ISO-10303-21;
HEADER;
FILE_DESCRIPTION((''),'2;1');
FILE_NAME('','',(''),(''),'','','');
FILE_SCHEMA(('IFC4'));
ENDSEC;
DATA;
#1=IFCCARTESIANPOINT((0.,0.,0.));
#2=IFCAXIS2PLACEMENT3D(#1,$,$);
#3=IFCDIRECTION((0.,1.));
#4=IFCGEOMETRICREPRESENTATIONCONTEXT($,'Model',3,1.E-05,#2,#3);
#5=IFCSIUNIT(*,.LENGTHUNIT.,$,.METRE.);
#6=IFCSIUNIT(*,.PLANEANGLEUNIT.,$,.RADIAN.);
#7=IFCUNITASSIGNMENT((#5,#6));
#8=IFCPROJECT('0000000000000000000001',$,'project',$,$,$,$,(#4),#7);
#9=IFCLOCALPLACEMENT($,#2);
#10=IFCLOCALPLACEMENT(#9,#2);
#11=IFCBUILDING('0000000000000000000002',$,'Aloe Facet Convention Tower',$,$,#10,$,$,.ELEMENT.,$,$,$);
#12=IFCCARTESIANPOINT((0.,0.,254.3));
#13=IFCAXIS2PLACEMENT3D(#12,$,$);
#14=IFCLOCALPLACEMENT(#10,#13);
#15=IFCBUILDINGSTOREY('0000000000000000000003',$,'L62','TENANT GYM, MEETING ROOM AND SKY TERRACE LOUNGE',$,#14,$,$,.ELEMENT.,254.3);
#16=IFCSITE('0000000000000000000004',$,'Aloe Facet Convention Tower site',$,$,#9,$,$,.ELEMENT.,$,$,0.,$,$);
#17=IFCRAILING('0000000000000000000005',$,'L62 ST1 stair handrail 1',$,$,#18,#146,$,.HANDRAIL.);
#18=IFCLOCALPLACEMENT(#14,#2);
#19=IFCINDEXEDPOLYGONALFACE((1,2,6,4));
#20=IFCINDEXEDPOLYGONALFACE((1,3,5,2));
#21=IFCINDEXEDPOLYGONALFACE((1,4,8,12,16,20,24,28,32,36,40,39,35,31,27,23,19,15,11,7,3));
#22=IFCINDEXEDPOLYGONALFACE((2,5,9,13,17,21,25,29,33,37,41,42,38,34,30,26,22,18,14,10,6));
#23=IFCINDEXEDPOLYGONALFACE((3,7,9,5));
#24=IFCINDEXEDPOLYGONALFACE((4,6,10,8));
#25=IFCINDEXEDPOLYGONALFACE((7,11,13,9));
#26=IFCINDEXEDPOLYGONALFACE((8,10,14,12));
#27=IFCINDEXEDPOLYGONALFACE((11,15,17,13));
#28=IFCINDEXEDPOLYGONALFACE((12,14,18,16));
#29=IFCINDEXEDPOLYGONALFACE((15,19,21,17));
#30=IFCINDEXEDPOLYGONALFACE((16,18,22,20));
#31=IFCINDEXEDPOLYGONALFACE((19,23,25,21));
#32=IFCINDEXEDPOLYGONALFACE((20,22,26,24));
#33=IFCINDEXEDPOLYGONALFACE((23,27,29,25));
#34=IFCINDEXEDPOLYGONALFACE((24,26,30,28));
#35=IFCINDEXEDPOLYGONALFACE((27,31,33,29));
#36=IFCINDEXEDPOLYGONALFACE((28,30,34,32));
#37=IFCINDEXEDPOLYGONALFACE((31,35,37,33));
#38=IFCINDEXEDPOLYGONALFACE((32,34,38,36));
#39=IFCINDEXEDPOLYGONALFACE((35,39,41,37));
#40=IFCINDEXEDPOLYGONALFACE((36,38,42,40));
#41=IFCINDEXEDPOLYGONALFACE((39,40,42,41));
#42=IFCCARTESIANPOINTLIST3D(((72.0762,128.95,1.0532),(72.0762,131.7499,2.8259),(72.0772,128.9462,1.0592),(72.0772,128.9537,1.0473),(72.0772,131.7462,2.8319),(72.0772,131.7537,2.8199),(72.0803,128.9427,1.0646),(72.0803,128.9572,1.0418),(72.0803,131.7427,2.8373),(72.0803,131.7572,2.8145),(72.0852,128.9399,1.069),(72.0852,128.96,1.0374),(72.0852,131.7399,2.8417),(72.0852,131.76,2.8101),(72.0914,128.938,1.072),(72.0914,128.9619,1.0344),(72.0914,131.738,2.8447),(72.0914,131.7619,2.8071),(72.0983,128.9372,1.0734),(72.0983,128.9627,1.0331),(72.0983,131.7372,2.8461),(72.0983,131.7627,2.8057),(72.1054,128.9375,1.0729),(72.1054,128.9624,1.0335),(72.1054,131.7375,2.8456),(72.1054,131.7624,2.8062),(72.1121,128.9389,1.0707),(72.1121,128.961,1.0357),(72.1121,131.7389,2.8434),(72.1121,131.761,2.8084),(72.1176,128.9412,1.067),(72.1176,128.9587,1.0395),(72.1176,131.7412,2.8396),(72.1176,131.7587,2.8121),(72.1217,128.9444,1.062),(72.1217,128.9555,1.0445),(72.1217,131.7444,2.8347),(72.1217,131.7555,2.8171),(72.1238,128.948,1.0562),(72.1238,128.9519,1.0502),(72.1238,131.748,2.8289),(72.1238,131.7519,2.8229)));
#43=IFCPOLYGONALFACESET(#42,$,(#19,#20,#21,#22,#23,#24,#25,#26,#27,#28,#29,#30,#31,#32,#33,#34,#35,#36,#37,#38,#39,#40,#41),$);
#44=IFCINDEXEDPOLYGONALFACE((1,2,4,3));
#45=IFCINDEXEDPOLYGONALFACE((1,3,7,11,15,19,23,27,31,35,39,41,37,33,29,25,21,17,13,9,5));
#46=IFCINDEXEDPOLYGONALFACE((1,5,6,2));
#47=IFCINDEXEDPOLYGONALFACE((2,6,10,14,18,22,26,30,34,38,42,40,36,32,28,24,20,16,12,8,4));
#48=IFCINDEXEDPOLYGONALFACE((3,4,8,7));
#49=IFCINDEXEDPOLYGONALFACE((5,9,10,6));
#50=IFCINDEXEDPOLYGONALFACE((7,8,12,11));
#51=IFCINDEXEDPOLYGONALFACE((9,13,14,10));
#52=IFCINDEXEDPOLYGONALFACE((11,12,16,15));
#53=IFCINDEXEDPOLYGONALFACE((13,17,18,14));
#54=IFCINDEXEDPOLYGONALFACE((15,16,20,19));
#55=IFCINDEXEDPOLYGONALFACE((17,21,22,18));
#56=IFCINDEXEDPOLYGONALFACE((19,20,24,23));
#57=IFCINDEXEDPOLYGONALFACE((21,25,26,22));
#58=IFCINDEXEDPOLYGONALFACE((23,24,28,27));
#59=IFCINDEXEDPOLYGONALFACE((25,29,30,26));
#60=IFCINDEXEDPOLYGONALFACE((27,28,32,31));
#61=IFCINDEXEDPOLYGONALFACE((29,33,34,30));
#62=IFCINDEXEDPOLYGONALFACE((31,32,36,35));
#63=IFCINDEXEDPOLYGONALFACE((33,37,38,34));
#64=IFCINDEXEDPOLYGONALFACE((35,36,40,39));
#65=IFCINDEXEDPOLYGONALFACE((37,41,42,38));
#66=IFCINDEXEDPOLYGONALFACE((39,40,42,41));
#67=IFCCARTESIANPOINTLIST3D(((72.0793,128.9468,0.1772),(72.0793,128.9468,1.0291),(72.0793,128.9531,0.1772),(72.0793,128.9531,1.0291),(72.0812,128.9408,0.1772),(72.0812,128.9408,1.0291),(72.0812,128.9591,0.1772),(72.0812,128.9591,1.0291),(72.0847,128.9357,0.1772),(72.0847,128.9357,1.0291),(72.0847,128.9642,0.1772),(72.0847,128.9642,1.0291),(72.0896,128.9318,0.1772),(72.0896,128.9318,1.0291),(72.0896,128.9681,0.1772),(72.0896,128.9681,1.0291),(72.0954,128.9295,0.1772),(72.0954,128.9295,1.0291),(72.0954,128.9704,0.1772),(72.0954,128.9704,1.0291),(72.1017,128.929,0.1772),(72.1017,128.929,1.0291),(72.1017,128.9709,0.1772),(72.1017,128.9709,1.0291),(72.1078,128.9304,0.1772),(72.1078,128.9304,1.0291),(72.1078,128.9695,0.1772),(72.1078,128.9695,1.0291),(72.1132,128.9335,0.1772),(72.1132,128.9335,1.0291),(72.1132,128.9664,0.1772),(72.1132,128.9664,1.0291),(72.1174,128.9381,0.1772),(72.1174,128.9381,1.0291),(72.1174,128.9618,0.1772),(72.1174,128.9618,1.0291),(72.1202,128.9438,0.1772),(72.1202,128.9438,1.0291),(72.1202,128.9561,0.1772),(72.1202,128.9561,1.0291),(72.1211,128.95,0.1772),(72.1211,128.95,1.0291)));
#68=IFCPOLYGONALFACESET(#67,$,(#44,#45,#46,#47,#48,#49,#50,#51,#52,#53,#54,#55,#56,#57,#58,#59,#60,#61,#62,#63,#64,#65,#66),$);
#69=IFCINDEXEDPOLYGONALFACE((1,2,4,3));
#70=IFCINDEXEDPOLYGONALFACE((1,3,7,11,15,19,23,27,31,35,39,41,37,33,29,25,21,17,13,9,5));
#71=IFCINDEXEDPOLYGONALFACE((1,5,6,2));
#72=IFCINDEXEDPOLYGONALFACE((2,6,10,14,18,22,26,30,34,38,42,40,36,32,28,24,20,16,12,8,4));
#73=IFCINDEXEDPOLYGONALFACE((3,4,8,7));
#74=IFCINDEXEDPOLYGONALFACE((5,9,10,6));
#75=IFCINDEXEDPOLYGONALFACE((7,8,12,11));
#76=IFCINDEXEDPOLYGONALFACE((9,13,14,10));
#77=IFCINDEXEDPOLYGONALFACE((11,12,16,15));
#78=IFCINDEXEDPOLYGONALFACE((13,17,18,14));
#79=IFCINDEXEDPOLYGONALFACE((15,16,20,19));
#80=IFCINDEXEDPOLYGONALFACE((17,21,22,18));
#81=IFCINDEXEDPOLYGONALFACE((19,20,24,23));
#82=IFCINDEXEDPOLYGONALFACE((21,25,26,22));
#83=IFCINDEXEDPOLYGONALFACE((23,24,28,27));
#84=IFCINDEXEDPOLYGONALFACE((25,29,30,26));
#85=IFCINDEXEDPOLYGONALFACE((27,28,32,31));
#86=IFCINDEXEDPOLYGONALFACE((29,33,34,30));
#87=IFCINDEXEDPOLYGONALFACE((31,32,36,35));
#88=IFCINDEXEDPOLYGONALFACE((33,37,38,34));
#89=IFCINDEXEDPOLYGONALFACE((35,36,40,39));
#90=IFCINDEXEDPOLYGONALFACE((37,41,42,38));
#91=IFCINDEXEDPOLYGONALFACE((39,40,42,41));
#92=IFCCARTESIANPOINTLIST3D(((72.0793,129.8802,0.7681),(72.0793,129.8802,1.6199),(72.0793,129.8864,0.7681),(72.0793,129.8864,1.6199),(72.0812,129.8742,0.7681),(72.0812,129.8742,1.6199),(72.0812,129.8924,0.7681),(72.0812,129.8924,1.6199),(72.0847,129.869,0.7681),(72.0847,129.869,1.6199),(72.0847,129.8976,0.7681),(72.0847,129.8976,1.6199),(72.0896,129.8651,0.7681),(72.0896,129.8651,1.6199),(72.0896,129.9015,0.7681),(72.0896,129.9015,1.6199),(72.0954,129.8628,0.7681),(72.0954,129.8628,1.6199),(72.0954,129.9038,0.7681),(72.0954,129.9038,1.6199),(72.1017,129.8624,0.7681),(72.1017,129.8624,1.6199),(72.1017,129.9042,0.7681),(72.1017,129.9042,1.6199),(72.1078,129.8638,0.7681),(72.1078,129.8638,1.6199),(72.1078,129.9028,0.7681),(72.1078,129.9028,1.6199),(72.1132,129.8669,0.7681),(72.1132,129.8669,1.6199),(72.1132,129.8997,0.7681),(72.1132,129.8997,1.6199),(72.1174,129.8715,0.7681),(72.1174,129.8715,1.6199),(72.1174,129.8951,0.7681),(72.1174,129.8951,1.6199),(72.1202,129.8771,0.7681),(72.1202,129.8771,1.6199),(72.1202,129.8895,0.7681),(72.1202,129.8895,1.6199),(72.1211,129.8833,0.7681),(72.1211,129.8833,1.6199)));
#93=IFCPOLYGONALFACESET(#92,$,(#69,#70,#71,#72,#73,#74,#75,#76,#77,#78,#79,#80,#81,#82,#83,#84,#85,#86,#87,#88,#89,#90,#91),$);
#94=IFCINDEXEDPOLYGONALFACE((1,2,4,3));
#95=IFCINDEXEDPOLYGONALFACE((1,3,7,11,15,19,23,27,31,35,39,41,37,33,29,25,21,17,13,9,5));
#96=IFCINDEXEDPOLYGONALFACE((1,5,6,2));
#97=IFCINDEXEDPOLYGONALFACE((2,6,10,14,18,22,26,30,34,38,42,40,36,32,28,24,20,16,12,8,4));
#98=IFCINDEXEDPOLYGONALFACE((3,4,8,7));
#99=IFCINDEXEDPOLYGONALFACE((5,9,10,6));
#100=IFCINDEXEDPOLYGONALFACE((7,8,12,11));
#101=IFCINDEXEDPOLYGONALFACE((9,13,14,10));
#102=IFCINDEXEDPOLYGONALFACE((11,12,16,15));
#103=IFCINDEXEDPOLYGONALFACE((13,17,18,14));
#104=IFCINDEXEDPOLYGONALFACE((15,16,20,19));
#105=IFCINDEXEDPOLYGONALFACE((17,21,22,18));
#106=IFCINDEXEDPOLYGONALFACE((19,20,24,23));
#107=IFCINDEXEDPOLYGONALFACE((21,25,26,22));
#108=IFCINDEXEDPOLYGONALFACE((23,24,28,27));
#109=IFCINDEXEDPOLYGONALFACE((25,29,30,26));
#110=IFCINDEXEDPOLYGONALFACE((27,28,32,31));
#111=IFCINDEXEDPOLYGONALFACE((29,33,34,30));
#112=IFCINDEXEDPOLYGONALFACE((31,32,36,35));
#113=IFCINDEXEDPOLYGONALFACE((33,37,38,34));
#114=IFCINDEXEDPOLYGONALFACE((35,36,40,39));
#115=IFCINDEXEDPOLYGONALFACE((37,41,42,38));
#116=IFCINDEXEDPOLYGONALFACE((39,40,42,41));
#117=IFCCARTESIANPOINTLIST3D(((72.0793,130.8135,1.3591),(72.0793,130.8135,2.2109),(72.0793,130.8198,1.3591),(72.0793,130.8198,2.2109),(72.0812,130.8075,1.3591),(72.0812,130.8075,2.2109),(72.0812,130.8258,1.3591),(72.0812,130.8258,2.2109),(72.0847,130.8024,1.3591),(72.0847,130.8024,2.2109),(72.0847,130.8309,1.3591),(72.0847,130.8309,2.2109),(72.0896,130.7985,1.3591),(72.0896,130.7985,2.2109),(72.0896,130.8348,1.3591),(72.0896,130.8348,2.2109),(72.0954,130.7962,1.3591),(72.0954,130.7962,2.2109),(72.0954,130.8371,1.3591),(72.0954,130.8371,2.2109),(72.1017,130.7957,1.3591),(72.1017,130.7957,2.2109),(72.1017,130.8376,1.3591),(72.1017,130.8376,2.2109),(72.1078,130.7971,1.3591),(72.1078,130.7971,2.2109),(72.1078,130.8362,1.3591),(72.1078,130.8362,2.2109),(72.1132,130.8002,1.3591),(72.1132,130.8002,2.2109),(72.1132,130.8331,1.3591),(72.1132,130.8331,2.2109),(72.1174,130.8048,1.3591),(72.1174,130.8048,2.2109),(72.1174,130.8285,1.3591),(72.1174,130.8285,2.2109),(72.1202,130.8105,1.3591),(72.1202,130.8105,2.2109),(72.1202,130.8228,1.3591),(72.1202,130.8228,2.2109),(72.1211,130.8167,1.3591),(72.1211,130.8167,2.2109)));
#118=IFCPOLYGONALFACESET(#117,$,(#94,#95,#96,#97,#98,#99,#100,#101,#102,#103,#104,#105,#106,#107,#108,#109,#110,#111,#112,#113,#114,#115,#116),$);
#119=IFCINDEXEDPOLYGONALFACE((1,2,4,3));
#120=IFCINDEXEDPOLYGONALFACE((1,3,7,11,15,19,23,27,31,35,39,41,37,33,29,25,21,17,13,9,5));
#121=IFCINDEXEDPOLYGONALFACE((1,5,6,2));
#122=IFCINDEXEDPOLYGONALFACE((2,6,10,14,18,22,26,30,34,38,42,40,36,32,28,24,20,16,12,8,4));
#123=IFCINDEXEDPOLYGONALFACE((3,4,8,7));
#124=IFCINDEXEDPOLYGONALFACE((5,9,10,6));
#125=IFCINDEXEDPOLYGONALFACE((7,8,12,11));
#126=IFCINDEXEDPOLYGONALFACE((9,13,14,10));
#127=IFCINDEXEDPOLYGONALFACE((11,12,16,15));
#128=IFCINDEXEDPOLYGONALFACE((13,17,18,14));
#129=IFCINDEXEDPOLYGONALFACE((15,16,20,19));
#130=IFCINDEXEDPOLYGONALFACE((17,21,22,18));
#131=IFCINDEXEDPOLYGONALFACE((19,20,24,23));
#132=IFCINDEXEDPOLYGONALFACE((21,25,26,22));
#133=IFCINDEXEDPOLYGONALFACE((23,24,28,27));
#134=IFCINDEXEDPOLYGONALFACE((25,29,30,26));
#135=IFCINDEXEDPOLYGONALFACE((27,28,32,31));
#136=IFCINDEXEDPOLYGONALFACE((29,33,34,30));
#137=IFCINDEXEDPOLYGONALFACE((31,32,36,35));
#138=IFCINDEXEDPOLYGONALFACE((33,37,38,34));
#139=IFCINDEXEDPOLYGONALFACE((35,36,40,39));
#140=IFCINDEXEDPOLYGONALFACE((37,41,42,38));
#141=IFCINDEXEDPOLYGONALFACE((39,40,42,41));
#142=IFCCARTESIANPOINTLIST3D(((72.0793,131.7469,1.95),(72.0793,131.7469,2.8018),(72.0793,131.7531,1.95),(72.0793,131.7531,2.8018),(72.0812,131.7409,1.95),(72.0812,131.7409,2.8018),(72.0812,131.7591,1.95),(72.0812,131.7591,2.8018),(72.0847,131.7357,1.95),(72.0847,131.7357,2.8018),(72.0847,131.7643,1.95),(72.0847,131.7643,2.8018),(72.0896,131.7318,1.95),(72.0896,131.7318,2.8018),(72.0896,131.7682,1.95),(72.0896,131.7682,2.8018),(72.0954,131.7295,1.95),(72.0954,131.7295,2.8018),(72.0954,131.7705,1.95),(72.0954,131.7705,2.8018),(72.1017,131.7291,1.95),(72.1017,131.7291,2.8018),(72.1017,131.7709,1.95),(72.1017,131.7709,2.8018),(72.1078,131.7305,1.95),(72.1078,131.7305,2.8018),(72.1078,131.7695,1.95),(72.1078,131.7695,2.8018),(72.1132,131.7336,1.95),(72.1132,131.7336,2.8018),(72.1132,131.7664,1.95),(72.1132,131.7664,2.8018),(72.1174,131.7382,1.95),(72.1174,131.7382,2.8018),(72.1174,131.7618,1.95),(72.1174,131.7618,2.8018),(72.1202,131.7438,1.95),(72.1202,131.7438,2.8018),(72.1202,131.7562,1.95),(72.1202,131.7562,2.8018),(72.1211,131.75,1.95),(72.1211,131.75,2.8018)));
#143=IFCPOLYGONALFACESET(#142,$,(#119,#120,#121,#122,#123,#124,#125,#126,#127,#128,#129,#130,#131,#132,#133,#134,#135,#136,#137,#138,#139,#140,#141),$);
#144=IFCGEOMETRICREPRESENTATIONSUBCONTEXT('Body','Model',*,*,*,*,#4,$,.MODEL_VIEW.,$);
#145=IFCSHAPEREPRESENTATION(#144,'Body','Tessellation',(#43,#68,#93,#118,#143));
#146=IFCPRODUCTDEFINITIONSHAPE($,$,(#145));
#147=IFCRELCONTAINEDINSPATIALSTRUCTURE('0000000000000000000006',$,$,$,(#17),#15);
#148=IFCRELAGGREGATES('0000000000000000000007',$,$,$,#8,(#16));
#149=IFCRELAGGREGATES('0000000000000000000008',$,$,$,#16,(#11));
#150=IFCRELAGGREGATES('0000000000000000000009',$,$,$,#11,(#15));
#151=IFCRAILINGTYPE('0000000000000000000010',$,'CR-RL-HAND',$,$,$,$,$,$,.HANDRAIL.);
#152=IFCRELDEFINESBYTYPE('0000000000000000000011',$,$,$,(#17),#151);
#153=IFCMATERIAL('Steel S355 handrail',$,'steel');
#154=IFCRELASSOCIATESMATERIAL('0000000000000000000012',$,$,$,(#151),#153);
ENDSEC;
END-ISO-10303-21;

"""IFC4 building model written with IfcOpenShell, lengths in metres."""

from ifc_helpers import new_model, si_unit, direction, frame, origin, origin_2d, place, context, subcontext, project, spatial, circle, extrude, material, type_object, element, save


model = new_model("IFC4")

# Units and contexts
model_context = context("Model", 3, precision=1e-05, world=origin(), true_north=direction((0.0, 1.0)))
body_context = subcontext(model_context, "Body", "Model", "MODEL_VIEW")
ifc_project = project(units=[si_unit("LENGTHUNIT", "METRE"), si_unit("PLANEANGLEUNIT", "RADIAN")], contexts=[model_context])

# Site, building, storey
site_placement = place(None, origin())
site = spatial("IfcSite", under=ifc_project, at=site_placement, Name="Aloe Facet Convention Tower site", CompositionType="ELEMENT", RefElevation=0.0)
building_placement = place(site_placement, origin())
building = spatial("IfcBuilding", under=site, at=building_placement, Name="Aloe Facet Convention Tower", CompositionType="ELEMENT")
storey_placement = place(building_placement, frame((0.0, 0.0, 254.3)))
storey = spatial("IfcBuildingStorey", under=building, at=storey_placement, Name="L62", Description="TENANT GYM, MEETING ROOM AND SKY TERRACE LOUNGE", CompositionType="ELEMENT", Elevation=254.3)

# Railing
ifc_material_1 = material(Name="Steel S355 handrail", Category="steel")
railing_type_1 = type_object("IfcRailingType", Name="CR-RL-HAND", PredefinedType="HANDRAIL", material=ifc_material_1)
railing_1_placement = place(storey_placement, frame((72.1001, 128.95, 0.1772)))
element("IfcRailing", 1, at=railing_1_placement, inside=storey, type_object=railing_type_1, Name="L62 ST1 stair handrail 1", PredefinedType="HANDRAIL", context=body_context, shape_type="SweptSolid", body=[
    extrude(circle(Radius=0.0239, at=origin_2d()), frame((0.0, 0.0, 0.876), z_axis=(0.0, 0.844909, 0.53491), x_axis=(-1.0, 0.0, 0.0)), (0.0, 0.0, 1.0), 3.314),
    extrude(circle(Radius=0.021, at=origin_2d()), origin(), (0.0, 0.0, 1.0), 0.8518),
    extrude(circle(Radius=0.021, at=origin_2d()), frame((0.0, 0.9333, 0.5908)), (0.0, 0.0, 1.0), 0.8518),
    extrude(circle(Radius=0.021, at=origin_2d()), frame((0.0, 1.8667, 1.1819)), (0.0, 0.0, 1.0), 0.8518),
    extrude(circle(Radius=0.021, at=origin_2d()), frame((0.0, 2.8, 1.7727)), (0.0, 0.0, 1.0), 0.8518),
])

save(model, "model.ifc")
